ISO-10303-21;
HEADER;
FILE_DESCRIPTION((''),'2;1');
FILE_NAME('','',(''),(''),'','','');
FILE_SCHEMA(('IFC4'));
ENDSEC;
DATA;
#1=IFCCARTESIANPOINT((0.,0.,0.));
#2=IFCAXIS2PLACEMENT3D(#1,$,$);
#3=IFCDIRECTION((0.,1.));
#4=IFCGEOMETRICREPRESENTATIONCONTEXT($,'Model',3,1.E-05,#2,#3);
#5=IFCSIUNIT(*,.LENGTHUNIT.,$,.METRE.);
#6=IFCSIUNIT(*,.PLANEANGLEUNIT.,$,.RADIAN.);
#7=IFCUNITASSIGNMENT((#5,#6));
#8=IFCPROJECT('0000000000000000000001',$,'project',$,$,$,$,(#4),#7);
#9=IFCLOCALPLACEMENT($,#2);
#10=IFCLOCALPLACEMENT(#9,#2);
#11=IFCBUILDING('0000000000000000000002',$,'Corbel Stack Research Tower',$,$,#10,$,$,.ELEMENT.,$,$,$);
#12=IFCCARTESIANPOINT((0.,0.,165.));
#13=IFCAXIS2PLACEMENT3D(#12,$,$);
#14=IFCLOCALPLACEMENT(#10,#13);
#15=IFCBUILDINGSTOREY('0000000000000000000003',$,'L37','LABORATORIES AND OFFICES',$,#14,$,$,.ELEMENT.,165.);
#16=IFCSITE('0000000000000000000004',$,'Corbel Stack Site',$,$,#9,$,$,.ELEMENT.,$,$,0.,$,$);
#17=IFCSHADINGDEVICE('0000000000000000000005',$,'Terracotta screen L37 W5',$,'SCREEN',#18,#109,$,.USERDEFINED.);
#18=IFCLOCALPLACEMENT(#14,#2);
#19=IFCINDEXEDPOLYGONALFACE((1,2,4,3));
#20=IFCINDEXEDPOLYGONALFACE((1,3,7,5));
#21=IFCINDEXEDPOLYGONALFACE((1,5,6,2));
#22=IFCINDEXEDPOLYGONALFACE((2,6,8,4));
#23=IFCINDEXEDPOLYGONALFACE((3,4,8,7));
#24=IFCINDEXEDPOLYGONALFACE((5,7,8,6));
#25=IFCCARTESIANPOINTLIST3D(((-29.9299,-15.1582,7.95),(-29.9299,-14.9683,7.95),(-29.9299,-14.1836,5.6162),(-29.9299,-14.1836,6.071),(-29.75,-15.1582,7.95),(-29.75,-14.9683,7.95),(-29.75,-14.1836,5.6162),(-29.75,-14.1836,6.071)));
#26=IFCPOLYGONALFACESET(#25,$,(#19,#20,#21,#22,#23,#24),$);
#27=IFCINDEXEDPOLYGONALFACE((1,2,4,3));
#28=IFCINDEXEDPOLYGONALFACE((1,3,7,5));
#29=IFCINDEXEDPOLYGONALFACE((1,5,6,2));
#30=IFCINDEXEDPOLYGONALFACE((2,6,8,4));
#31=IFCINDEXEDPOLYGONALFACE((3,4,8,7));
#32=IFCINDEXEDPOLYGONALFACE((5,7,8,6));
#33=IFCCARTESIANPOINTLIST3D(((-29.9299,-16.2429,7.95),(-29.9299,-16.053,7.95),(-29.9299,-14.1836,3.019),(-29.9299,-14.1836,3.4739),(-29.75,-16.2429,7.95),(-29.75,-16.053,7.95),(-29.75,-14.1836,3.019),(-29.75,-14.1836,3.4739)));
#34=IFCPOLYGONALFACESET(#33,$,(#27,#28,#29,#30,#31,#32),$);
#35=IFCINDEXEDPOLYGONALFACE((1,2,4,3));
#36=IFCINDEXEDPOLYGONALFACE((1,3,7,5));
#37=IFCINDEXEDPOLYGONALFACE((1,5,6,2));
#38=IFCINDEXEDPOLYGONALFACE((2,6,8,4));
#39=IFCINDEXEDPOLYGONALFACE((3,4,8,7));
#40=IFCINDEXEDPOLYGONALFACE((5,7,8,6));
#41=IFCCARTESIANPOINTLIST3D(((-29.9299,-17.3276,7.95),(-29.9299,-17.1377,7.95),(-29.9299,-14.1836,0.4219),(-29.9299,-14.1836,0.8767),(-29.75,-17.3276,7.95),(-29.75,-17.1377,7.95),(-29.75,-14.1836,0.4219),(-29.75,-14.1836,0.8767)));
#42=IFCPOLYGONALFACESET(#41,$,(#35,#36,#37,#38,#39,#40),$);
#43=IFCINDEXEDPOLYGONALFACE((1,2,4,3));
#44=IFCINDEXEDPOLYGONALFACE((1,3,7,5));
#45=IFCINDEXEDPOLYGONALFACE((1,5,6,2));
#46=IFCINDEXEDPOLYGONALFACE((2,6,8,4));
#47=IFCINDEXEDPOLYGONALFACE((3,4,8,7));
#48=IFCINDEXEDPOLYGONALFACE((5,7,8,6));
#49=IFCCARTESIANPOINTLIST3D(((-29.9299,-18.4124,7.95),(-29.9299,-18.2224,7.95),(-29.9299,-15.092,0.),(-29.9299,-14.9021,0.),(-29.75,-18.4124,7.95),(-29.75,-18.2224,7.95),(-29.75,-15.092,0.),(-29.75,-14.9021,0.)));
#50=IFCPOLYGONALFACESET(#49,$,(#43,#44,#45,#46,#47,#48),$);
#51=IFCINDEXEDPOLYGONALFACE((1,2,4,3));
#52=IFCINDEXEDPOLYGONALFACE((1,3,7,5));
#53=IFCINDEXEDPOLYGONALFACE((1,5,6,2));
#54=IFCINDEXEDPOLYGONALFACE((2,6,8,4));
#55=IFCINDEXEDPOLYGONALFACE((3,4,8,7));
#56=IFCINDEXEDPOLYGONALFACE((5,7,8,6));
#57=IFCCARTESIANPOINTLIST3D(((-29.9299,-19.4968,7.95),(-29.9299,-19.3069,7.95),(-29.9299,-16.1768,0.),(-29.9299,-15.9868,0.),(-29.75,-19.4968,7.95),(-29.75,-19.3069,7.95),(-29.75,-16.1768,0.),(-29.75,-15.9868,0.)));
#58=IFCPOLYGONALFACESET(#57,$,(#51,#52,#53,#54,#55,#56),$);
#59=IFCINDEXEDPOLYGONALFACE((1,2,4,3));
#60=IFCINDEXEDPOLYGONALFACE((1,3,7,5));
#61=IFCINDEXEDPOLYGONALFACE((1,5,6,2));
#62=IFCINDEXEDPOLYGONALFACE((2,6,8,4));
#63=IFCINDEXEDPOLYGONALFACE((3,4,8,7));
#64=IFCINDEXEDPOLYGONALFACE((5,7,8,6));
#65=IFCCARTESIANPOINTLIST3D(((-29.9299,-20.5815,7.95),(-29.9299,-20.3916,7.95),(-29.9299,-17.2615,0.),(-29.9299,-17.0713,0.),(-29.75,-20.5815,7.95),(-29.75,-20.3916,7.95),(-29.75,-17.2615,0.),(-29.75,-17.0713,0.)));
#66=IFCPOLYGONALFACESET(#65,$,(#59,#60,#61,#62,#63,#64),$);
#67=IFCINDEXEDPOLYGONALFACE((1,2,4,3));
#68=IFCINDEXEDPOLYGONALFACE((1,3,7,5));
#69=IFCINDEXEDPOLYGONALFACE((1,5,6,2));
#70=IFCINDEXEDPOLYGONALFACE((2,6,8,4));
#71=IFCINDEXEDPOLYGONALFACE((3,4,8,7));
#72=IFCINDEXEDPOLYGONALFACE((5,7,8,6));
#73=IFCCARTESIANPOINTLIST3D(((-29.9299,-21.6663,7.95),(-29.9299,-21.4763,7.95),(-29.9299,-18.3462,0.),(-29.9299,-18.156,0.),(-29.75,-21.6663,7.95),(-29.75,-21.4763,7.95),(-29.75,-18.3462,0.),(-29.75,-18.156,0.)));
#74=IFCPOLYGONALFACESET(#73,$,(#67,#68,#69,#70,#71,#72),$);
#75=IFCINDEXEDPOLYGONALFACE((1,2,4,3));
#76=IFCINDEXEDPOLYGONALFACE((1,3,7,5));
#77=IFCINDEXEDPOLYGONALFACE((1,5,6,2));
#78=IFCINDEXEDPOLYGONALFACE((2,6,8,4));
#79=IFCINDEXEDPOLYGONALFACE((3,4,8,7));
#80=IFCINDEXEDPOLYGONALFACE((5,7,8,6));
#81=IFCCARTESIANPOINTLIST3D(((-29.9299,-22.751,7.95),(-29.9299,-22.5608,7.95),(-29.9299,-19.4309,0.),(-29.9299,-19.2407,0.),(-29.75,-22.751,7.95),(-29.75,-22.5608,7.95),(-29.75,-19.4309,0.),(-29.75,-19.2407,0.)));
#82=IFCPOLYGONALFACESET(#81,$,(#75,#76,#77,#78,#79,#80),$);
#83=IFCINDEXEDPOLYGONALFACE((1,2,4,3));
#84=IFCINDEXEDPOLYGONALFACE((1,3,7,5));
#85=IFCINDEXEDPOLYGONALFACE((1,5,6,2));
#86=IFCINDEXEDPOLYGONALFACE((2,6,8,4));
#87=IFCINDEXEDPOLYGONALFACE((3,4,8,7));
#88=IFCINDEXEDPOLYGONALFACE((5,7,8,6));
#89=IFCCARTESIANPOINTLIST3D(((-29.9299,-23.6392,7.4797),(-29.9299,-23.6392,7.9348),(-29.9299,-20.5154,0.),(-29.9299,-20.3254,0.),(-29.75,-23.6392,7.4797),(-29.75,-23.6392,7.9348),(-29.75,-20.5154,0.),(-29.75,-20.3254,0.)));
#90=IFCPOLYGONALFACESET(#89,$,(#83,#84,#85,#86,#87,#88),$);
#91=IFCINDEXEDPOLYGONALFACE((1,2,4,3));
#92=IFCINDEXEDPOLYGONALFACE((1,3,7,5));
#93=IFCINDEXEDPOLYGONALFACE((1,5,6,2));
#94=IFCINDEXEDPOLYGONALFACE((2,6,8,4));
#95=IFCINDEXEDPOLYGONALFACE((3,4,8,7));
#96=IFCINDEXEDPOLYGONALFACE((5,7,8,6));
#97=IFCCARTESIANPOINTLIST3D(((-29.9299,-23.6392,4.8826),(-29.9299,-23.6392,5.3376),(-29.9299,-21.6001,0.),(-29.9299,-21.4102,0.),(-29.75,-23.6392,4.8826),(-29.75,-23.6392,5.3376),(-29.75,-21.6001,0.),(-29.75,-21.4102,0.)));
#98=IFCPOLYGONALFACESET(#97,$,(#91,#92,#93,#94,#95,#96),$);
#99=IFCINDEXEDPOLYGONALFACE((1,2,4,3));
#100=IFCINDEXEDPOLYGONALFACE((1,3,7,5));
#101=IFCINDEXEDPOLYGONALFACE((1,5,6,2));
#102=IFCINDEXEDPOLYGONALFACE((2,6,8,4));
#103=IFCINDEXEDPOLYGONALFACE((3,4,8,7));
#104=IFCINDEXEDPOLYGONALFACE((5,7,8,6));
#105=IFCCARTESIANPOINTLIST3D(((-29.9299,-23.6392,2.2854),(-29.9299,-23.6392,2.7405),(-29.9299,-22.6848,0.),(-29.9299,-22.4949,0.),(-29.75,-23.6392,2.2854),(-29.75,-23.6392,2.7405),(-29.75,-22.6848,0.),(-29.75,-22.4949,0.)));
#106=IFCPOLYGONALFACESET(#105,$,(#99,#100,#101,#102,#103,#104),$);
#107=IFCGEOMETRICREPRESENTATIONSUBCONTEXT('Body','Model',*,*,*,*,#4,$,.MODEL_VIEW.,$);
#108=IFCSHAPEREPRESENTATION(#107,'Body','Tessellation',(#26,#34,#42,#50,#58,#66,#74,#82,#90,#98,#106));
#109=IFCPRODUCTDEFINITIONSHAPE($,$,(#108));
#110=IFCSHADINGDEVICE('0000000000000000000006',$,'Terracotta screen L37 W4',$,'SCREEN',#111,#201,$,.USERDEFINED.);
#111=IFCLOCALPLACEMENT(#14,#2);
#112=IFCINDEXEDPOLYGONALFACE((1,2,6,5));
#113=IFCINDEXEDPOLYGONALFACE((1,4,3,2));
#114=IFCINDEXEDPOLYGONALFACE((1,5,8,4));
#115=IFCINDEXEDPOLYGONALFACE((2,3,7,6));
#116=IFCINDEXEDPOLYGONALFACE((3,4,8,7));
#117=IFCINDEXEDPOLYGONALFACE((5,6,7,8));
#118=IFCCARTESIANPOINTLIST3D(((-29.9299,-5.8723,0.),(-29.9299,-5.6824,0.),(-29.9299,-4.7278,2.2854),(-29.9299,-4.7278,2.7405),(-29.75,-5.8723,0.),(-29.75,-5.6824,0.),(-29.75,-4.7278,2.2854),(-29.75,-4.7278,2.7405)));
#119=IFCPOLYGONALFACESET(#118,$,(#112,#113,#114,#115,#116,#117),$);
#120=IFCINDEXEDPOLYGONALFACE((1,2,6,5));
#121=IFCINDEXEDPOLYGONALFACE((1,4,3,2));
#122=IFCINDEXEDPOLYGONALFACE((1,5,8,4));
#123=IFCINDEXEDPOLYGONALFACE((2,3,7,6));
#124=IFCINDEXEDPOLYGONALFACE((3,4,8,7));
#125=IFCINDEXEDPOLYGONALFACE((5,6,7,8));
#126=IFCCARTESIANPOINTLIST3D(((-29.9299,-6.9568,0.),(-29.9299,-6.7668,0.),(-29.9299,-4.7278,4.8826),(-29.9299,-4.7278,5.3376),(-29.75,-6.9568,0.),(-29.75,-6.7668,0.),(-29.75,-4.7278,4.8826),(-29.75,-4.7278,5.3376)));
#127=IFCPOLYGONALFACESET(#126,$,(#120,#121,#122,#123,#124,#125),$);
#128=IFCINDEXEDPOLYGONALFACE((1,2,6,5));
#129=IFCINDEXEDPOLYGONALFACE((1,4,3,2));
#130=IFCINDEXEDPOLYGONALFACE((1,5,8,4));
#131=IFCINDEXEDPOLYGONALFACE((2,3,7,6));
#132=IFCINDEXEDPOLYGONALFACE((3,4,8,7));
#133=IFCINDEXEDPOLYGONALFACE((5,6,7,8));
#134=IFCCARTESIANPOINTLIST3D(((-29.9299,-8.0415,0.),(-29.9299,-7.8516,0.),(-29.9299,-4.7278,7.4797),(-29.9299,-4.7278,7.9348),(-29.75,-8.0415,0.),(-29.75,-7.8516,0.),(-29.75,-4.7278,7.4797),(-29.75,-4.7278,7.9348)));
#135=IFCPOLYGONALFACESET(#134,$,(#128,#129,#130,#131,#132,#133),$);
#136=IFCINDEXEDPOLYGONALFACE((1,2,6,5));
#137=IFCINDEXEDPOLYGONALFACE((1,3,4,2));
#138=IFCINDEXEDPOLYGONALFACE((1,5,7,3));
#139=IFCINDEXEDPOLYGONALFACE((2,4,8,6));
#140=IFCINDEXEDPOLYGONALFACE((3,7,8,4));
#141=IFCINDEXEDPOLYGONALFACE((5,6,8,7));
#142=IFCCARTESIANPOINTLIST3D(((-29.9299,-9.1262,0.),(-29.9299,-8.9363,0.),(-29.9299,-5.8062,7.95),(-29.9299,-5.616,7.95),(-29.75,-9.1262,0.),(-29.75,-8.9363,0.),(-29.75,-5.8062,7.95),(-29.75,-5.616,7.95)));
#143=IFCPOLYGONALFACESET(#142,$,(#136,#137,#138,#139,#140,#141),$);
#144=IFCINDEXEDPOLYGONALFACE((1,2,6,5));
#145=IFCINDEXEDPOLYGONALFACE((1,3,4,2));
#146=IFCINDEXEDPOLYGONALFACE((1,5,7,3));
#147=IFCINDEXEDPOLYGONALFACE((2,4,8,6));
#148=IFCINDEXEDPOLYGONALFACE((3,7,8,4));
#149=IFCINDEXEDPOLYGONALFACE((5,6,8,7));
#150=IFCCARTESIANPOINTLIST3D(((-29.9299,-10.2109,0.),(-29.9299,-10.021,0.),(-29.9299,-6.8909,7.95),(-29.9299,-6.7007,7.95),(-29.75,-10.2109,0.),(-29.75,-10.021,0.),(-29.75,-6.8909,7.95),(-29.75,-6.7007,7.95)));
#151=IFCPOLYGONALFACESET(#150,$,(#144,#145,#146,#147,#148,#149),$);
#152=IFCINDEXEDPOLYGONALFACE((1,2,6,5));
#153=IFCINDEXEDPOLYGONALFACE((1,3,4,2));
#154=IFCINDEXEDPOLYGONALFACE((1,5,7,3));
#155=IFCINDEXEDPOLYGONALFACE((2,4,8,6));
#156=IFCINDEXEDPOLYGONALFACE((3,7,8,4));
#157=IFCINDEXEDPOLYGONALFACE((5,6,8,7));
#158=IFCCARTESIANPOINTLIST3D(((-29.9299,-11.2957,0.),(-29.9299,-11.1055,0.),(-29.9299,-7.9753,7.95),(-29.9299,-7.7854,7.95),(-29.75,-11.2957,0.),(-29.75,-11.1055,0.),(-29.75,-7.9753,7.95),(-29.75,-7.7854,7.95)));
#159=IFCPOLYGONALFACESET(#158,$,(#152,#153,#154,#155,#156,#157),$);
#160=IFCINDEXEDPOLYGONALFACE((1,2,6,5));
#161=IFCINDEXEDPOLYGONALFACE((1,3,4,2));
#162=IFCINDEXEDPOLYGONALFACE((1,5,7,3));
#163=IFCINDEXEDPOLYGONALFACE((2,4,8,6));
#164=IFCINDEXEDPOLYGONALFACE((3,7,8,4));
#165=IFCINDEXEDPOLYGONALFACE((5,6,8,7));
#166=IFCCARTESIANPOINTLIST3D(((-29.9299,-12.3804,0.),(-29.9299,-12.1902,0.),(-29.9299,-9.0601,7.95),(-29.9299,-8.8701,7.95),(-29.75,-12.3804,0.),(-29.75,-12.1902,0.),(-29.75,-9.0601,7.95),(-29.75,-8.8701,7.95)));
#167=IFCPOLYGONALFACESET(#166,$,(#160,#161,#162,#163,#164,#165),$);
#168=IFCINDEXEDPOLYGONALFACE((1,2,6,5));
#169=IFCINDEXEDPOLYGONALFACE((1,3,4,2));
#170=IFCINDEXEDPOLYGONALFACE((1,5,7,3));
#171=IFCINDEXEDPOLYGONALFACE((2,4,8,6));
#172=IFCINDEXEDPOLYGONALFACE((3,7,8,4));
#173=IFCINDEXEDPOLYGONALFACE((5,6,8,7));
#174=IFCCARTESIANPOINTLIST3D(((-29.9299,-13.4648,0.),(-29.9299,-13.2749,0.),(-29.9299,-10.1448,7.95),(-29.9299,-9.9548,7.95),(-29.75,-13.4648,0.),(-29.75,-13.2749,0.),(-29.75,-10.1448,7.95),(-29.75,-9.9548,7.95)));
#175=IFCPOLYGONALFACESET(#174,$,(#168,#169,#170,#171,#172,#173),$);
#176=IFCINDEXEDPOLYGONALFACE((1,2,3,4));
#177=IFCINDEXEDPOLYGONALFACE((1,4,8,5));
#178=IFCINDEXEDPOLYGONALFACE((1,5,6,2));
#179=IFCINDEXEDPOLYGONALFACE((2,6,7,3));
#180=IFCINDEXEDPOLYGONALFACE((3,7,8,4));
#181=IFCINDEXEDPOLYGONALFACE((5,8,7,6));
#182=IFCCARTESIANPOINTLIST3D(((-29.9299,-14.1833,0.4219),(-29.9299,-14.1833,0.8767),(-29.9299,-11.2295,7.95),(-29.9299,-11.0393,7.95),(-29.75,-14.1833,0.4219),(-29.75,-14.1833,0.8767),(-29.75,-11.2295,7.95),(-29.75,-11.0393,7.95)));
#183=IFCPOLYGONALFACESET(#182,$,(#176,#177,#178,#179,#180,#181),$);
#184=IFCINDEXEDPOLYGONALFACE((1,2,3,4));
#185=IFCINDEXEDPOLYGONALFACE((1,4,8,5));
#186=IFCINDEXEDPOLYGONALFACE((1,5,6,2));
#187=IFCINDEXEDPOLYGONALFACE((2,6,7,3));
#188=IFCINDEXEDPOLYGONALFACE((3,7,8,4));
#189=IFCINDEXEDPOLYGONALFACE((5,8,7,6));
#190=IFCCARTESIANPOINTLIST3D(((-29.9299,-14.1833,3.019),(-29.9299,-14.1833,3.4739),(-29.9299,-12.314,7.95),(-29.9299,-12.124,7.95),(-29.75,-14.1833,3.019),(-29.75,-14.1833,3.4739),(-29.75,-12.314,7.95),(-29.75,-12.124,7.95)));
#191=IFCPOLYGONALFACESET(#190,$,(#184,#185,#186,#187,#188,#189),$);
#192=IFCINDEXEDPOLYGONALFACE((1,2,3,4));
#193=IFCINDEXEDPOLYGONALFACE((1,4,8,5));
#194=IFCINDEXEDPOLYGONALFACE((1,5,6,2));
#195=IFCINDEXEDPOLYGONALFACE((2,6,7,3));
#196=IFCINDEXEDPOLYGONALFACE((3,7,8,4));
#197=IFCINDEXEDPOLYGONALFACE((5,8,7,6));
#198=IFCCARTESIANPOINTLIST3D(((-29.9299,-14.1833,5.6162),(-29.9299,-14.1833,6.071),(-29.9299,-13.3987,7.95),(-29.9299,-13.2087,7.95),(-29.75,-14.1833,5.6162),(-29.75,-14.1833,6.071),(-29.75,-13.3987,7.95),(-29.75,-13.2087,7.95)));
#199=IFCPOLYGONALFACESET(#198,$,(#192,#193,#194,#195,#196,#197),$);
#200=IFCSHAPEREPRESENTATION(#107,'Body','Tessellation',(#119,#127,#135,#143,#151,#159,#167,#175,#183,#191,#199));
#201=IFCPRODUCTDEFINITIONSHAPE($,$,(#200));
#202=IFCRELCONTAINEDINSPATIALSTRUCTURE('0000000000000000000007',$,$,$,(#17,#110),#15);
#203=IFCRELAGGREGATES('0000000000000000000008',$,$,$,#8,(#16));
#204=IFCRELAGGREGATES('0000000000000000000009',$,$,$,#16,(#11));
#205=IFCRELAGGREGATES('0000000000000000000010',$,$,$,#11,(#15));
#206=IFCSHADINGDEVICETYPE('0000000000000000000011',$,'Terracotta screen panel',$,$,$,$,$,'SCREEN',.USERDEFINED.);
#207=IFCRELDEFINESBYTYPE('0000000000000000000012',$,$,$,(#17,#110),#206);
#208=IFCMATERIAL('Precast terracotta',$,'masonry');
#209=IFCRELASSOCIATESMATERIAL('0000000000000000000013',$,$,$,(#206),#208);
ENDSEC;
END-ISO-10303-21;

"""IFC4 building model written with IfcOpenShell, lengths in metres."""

from ifc_helpers import new_model, si_unit, direction, frame, origin, place, context, subcontext, project, spatial, polyline, outline, extrude, source, transform, mapped, material, type_object, element, save


model = new_model("IFC4")

# Units and contexts
model_context = context("Model", 3, precision=1e-05, world=origin(), true_north=direction((0.0, 1.0)))
body_context = subcontext(model_context, "Body", "Model", "MODEL_VIEW")
ifc_project = project(units=[si_unit("LENGTHUNIT", "METRE"), si_unit("PLANEANGLEUNIT", "RADIAN")], contexts=[model_context])

# Site, building, storey
site_placement = place(None, origin())
site = spatial("IfcSite", under=ifc_project, at=site_placement, Name="Corbel Stack Site", CompositionType="ELEMENT", RefElevation=0.0)
building_placement = place(site_placement, origin())
building = spatial("IfcBuilding", under=site, at=building_placement, Name="Corbel Stack Research Tower", CompositionType="ELEMENT")
storey_placement = place(building_placement, frame((0.0, 0.0, 165.0)))
storey = spatial("IfcBuildingStorey", under=building, at=storey_placement, Name="L37", Description="LABORATORIES AND OFFICES", CompositionType="ELEMENT", Elevation=165.0)

# Shading devices
ifc_material_1 = material(Name="Precast terracotta", Category="masonry")
shading_device_type = type_object("IfcShadingDeviceType", Name="Terracotta screen panel", ElementType="SCREEN", PredefinedType="USERDEFINED", material=ifc_material_1)
shared_shape_1 = source(origin(), body_context, "Body", "SweptSolid", [
    extrude(outline(polyline([(0.9746, 7.95), (0.7847, 7.95), (0.0, 6.071), (0.0, 5.6162), (0.9746, 7.95)])), frame((0.0, 0.0, 0.0), z_axis=(0.0, -1.0, 0.0), x_axis=(1.0, 0.0, 0.0)), (0.0, 0.0, 1.0), 0.1799),
    extrude(outline(polyline([(2.0593, 7.95), (1.8694, 7.95), (0.0, 3.4739), (0.0, 3.019), (2.0593, 7.95)])), frame((0.0, 0.0, 0.0), z_axis=(0.0, -1.0, 0.0), x_axis=(1.0, 0.0, 0.0)), (0.0, 0.0, 1.0), 0.1799),
    extrude(outline(polyline([(3.144, 7.95), (2.9541, 7.95), (0.0, 0.8767), (0.0, 0.4219), (3.144, 7.95)])), frame((0.0, 0.0, 0.0), z_axis=(0.0, -1.0, 0.0), x_axis=(1.0, 0.0, 0.0)), (0.0, 0.0, 1.0), 0.1799),
    extrude(outline(polyline([(0.9084, 0.0), (4.2288, 7.95), (4.0388, 7.95), (0.7185, 0.0), (0.9084, 0.0)])), frame((0.0, 0.0, 0.0), z_axis=(0.0, -1.0, 0.0), x_axis=(1.0, 0.0, 0.0)), (0.0, 0.0, 1.0), 0.1799),
    extrude(outline(polyline([(1.9932, 0.0), (5.3132, 7.95), (5.1233, 7.95), (1.8032, 0.0), (1.9932, 0.0)])), frame((0.0, 0.0, 0.0), z_axis=(0.0, -1.0, 0.0), x_axis=(1.0, 0.0, 0.0)), (0.0, 0.0, 1.0), 0.1799),
    extrude(outline(polyline([(3.0779, 0.0), (6.3979, 7.95), (6.208, 7.95), (2.8877, 0.0), (3.0779, 0.0)])), frame((0.0, 0.0, 0.0), z_axis=(0.0, -1.0, 0.0), x_axis=(1.0, 0.0, 0.0)), (0.0, 0.0, 1.0), 0.1799),
    extrude(outline(polyline([(4.1626, 0.0), (7.4827, 7.95), (7.2927, 7.95), (3.9724, 0.0), (4.1626, 0.0)])), frame((0.0, 0.0, 0.0), z_axis=(0.0, -1.0, 0.0), x_axis=(1.0, 0.0, 0.0)), (0.0, 0.0, 1.0), 0.1799),
    extrude(outline(polyline([(5.2473, 0.0), (8.5674, 7.95), (8.3772, 7.95), (5.0571, 0.0), (5.2473, 0.0)])), frame((0.0, 0.0, 0.0), z_axis=(0.0, -1.0, 0.0), x_axis=(1.0, 0.0, 0.0)), (0.0, 0.0, 1.0), 0.1799),
    extrude(outline(polyline([(6.3318, 0.0), (9.4556, 7.4797), (9.4556, 7.9348), (6.1418, 0.0), (6.3318, 0.0)])), frame((0.0, 0.0, 0.0), z_axis=(0.0, -1.0, 0.0), x_axis=(1.0, 0.0, 0.0)), (0.0, 0.0, 1.0), 0.1799),
    extrude(outline(polyline([(7.4165, 0.0), (9.4556, 4.8826), (9.4556, 5.3376), (7.2266, 0.0), (7.4165, 0.0)])), frame((0.0, 0.0, 0.0), z_axis=(0.0, -1.0, 0.0), x_axis=(1.0, 0.0, 0.0)), (0.0, 0.0, 1.0), 0.1799),
    extrude(outline(polyline([(8.5012, 0.0), (9.4556, 2.2854), (9.4556, 2.7405), (8.3113, 0.0), (8.5012, 0.0)])), frame((0.0, 0.0, 0.0), z_axis=(0.0, -1.0, 0.0), x_axis=(1.0, 0.0, 0.0)), (0.0, 0.0, 1.0), 0.1799),
])
shading_device_1_placement = place(storey_placement, frame((-29.75, -14.1836, 0.0), z_axis=(0.0, 0.0, 1.0), x_axis=(0.0, -1.0, 0.0)))
element("IfcShadingDevice", 1, at=shading_device_1_placement, inside=storey, type_object=shading_device_type, Name="Terracotta screen L37 W5", ObjectType="SCREEN", PredefinedType="USERDEFINED", context=body_context, shape_type="MappedRepresentation", body=[
    mapped(shared_shape_1, transform((0.0, 0.0, 0.0))),
])
shared_shape_2 = source(origin(), body_context, "Body", "SweptSolid", [
    extrude(outline(polyline([(1.1445, 0.0), (0.0, 2.7405), (0.0, 2.2854), (0.9546, 0.0), (1.1445, 0.0)])), frame((0.0, 0.0, 0.0), z_axis=(0.0, -1.0, 0.0), x_axis=(1.0, 0.0, 0.0)), (0.0, 0.0, 1.0), 0.1799),
    extrude(outline(polyline([(2.229, 0.0), (0.0, 5.3376), (0.0, 4.8826), (2.0391, 0.0), (2.229, 0.0)])), frame((0.0, 0.0, 0.0), z_axis=(0.0, -1.0, 0.0), x_axis=(1.0, 0.0, 0.0)), (0.0, 0.0, 1.0), 0.1799),
    extrude(outline(polyline([(3.3137, 0.0), (0.0, 7.9348), (0.0, 7.4797), (3.1238, 0.0), (3.3137, 0.0)])), frame((0.0, 0.0, 0.0), z_axis=(0.0, -1.0, 0.0), x_axis=(1.0, 0.0, 0.0)), (0.0, 0.0, 1.0), 0.1799),
    extrude(outline(polyline([(4.3984, 0.0), (1.0784, 7.95), (0.8882, 7.95), (4.2085, 0.0), (4.3984, 0.0)])), frame((0.0, 0.0, 0.0), z_axis=(0.0, -1.0, 0.0), x_axis=(1.0, 0.0, 0.0)), (0.0, 0.0, 1.0), 0.1799),
    extrude(outline(polyline([(5.4832, 0.0), (2.1631, 7.95), (1.9729, 7.95), (5.2932, 0.0), (5.4832, 0.0)])), frame((0.0, 0.0, 0.0), z_axis=(0.0, -1.0, 0.0), x_axis=(1.0, 0.0, 0.0)), (0.0, 0.0, 1.0), 0.1799),
    extrude(outline(polyline([(6.5679, 0.0), (3.2476, 7.95), (3.0576, 7.95), (6.3777, 0.0), (6.5679, 0.0)])), frame((0.0, 0.0, 0.0), z_axis=(0.0, -1.0, 0.0), x_axis=(1.0, 0.0, 0.0)), (0.0, 0.0, 1.0), 0.1799),
    extrude(outline(polyline([(7.6526, 0.0), (4.3323, 7.95), (4.1423, 7.95), (7.4624, 0.0), (7.6526, 0.0)])), frame((0.0, 0.0, 0.0), z_axis=(0.0, -1.0, 0.0), x_axis=(1.0, 0.0, 0.0)), (0.0, 0.0, 1.0), 0.1799),
    extrude(outline(polyline([(8.7371, 0.0), (5.417, 7.95), (5.2271, 7.95), (8.5471, 0.0), (8.7371, 0.0)])), frame((0.0, 0.0, 0.0), z_axis=(0.0, -1.0, 0.0), x_axis=(1.0, 0.0, 0.0)), (0.0, 0.0, 1.0), 0.1799),
    extrude(outline(polyline([(6.5017, 7.95), (6.3115, 7.95), (9.4556, 0.4219), (9.4556, 0.8767), (6.5017, 7.95)])), frame((0.0, 0.0, 0.0), z_axis=(0.0, -1.0, 0.0), x_axis=(1.0, 0.0, 0.0)), (0.0, 0.0, 1.0), 0.1799),
    extrude(outline(polyline([(7.5862, 7.95), (7.3962, 7.95), (9.4556, 3.019), (9.4556, 3.4739), (7.5862, 7.95)])), frame((0.0, 0.0, 0.0), z_axis=(0.0, -1.0, 0.0), x_axis=(1.0, 0.0, 0.0)), (0.0, 0.0, 1.0), 0.1799),
    extrude(outline(polyline([(8.6709, 7.95), (8.481, 7.95), (9.4556, 5.6162), (9.4556, 6.071), (8.6709, 7.95)])), frame((0.0, 0.0, 0.0), z_axis=(0.0, -1.0, 0.0), x_axis=(1.0, 0.0, 0.0)), (0.0, 0.0, 1.0), 0.1799),
])
shading_device_2_placement = place(storey_placement, frame((-29.75, -4.7278, 0.0), z_axis=(0.0, 0.0, 1.0), x_axis=(0.0, -1.0, 0.0)))
element("IfcShadingDevice", 2, at=shading_device_2_placement, inside=storey, type_object=shading_device_type, Name="Terracotta screen L37 W4", ObjectType="SCREEN", PredefinedType="USERDEFINED", context=body_context, shape_type="MappedRepresentation", body=[
    mapped(shared_shape_2, transform((0.0, 0.0, 0.0))),
])

save(model, "model.ifc")
